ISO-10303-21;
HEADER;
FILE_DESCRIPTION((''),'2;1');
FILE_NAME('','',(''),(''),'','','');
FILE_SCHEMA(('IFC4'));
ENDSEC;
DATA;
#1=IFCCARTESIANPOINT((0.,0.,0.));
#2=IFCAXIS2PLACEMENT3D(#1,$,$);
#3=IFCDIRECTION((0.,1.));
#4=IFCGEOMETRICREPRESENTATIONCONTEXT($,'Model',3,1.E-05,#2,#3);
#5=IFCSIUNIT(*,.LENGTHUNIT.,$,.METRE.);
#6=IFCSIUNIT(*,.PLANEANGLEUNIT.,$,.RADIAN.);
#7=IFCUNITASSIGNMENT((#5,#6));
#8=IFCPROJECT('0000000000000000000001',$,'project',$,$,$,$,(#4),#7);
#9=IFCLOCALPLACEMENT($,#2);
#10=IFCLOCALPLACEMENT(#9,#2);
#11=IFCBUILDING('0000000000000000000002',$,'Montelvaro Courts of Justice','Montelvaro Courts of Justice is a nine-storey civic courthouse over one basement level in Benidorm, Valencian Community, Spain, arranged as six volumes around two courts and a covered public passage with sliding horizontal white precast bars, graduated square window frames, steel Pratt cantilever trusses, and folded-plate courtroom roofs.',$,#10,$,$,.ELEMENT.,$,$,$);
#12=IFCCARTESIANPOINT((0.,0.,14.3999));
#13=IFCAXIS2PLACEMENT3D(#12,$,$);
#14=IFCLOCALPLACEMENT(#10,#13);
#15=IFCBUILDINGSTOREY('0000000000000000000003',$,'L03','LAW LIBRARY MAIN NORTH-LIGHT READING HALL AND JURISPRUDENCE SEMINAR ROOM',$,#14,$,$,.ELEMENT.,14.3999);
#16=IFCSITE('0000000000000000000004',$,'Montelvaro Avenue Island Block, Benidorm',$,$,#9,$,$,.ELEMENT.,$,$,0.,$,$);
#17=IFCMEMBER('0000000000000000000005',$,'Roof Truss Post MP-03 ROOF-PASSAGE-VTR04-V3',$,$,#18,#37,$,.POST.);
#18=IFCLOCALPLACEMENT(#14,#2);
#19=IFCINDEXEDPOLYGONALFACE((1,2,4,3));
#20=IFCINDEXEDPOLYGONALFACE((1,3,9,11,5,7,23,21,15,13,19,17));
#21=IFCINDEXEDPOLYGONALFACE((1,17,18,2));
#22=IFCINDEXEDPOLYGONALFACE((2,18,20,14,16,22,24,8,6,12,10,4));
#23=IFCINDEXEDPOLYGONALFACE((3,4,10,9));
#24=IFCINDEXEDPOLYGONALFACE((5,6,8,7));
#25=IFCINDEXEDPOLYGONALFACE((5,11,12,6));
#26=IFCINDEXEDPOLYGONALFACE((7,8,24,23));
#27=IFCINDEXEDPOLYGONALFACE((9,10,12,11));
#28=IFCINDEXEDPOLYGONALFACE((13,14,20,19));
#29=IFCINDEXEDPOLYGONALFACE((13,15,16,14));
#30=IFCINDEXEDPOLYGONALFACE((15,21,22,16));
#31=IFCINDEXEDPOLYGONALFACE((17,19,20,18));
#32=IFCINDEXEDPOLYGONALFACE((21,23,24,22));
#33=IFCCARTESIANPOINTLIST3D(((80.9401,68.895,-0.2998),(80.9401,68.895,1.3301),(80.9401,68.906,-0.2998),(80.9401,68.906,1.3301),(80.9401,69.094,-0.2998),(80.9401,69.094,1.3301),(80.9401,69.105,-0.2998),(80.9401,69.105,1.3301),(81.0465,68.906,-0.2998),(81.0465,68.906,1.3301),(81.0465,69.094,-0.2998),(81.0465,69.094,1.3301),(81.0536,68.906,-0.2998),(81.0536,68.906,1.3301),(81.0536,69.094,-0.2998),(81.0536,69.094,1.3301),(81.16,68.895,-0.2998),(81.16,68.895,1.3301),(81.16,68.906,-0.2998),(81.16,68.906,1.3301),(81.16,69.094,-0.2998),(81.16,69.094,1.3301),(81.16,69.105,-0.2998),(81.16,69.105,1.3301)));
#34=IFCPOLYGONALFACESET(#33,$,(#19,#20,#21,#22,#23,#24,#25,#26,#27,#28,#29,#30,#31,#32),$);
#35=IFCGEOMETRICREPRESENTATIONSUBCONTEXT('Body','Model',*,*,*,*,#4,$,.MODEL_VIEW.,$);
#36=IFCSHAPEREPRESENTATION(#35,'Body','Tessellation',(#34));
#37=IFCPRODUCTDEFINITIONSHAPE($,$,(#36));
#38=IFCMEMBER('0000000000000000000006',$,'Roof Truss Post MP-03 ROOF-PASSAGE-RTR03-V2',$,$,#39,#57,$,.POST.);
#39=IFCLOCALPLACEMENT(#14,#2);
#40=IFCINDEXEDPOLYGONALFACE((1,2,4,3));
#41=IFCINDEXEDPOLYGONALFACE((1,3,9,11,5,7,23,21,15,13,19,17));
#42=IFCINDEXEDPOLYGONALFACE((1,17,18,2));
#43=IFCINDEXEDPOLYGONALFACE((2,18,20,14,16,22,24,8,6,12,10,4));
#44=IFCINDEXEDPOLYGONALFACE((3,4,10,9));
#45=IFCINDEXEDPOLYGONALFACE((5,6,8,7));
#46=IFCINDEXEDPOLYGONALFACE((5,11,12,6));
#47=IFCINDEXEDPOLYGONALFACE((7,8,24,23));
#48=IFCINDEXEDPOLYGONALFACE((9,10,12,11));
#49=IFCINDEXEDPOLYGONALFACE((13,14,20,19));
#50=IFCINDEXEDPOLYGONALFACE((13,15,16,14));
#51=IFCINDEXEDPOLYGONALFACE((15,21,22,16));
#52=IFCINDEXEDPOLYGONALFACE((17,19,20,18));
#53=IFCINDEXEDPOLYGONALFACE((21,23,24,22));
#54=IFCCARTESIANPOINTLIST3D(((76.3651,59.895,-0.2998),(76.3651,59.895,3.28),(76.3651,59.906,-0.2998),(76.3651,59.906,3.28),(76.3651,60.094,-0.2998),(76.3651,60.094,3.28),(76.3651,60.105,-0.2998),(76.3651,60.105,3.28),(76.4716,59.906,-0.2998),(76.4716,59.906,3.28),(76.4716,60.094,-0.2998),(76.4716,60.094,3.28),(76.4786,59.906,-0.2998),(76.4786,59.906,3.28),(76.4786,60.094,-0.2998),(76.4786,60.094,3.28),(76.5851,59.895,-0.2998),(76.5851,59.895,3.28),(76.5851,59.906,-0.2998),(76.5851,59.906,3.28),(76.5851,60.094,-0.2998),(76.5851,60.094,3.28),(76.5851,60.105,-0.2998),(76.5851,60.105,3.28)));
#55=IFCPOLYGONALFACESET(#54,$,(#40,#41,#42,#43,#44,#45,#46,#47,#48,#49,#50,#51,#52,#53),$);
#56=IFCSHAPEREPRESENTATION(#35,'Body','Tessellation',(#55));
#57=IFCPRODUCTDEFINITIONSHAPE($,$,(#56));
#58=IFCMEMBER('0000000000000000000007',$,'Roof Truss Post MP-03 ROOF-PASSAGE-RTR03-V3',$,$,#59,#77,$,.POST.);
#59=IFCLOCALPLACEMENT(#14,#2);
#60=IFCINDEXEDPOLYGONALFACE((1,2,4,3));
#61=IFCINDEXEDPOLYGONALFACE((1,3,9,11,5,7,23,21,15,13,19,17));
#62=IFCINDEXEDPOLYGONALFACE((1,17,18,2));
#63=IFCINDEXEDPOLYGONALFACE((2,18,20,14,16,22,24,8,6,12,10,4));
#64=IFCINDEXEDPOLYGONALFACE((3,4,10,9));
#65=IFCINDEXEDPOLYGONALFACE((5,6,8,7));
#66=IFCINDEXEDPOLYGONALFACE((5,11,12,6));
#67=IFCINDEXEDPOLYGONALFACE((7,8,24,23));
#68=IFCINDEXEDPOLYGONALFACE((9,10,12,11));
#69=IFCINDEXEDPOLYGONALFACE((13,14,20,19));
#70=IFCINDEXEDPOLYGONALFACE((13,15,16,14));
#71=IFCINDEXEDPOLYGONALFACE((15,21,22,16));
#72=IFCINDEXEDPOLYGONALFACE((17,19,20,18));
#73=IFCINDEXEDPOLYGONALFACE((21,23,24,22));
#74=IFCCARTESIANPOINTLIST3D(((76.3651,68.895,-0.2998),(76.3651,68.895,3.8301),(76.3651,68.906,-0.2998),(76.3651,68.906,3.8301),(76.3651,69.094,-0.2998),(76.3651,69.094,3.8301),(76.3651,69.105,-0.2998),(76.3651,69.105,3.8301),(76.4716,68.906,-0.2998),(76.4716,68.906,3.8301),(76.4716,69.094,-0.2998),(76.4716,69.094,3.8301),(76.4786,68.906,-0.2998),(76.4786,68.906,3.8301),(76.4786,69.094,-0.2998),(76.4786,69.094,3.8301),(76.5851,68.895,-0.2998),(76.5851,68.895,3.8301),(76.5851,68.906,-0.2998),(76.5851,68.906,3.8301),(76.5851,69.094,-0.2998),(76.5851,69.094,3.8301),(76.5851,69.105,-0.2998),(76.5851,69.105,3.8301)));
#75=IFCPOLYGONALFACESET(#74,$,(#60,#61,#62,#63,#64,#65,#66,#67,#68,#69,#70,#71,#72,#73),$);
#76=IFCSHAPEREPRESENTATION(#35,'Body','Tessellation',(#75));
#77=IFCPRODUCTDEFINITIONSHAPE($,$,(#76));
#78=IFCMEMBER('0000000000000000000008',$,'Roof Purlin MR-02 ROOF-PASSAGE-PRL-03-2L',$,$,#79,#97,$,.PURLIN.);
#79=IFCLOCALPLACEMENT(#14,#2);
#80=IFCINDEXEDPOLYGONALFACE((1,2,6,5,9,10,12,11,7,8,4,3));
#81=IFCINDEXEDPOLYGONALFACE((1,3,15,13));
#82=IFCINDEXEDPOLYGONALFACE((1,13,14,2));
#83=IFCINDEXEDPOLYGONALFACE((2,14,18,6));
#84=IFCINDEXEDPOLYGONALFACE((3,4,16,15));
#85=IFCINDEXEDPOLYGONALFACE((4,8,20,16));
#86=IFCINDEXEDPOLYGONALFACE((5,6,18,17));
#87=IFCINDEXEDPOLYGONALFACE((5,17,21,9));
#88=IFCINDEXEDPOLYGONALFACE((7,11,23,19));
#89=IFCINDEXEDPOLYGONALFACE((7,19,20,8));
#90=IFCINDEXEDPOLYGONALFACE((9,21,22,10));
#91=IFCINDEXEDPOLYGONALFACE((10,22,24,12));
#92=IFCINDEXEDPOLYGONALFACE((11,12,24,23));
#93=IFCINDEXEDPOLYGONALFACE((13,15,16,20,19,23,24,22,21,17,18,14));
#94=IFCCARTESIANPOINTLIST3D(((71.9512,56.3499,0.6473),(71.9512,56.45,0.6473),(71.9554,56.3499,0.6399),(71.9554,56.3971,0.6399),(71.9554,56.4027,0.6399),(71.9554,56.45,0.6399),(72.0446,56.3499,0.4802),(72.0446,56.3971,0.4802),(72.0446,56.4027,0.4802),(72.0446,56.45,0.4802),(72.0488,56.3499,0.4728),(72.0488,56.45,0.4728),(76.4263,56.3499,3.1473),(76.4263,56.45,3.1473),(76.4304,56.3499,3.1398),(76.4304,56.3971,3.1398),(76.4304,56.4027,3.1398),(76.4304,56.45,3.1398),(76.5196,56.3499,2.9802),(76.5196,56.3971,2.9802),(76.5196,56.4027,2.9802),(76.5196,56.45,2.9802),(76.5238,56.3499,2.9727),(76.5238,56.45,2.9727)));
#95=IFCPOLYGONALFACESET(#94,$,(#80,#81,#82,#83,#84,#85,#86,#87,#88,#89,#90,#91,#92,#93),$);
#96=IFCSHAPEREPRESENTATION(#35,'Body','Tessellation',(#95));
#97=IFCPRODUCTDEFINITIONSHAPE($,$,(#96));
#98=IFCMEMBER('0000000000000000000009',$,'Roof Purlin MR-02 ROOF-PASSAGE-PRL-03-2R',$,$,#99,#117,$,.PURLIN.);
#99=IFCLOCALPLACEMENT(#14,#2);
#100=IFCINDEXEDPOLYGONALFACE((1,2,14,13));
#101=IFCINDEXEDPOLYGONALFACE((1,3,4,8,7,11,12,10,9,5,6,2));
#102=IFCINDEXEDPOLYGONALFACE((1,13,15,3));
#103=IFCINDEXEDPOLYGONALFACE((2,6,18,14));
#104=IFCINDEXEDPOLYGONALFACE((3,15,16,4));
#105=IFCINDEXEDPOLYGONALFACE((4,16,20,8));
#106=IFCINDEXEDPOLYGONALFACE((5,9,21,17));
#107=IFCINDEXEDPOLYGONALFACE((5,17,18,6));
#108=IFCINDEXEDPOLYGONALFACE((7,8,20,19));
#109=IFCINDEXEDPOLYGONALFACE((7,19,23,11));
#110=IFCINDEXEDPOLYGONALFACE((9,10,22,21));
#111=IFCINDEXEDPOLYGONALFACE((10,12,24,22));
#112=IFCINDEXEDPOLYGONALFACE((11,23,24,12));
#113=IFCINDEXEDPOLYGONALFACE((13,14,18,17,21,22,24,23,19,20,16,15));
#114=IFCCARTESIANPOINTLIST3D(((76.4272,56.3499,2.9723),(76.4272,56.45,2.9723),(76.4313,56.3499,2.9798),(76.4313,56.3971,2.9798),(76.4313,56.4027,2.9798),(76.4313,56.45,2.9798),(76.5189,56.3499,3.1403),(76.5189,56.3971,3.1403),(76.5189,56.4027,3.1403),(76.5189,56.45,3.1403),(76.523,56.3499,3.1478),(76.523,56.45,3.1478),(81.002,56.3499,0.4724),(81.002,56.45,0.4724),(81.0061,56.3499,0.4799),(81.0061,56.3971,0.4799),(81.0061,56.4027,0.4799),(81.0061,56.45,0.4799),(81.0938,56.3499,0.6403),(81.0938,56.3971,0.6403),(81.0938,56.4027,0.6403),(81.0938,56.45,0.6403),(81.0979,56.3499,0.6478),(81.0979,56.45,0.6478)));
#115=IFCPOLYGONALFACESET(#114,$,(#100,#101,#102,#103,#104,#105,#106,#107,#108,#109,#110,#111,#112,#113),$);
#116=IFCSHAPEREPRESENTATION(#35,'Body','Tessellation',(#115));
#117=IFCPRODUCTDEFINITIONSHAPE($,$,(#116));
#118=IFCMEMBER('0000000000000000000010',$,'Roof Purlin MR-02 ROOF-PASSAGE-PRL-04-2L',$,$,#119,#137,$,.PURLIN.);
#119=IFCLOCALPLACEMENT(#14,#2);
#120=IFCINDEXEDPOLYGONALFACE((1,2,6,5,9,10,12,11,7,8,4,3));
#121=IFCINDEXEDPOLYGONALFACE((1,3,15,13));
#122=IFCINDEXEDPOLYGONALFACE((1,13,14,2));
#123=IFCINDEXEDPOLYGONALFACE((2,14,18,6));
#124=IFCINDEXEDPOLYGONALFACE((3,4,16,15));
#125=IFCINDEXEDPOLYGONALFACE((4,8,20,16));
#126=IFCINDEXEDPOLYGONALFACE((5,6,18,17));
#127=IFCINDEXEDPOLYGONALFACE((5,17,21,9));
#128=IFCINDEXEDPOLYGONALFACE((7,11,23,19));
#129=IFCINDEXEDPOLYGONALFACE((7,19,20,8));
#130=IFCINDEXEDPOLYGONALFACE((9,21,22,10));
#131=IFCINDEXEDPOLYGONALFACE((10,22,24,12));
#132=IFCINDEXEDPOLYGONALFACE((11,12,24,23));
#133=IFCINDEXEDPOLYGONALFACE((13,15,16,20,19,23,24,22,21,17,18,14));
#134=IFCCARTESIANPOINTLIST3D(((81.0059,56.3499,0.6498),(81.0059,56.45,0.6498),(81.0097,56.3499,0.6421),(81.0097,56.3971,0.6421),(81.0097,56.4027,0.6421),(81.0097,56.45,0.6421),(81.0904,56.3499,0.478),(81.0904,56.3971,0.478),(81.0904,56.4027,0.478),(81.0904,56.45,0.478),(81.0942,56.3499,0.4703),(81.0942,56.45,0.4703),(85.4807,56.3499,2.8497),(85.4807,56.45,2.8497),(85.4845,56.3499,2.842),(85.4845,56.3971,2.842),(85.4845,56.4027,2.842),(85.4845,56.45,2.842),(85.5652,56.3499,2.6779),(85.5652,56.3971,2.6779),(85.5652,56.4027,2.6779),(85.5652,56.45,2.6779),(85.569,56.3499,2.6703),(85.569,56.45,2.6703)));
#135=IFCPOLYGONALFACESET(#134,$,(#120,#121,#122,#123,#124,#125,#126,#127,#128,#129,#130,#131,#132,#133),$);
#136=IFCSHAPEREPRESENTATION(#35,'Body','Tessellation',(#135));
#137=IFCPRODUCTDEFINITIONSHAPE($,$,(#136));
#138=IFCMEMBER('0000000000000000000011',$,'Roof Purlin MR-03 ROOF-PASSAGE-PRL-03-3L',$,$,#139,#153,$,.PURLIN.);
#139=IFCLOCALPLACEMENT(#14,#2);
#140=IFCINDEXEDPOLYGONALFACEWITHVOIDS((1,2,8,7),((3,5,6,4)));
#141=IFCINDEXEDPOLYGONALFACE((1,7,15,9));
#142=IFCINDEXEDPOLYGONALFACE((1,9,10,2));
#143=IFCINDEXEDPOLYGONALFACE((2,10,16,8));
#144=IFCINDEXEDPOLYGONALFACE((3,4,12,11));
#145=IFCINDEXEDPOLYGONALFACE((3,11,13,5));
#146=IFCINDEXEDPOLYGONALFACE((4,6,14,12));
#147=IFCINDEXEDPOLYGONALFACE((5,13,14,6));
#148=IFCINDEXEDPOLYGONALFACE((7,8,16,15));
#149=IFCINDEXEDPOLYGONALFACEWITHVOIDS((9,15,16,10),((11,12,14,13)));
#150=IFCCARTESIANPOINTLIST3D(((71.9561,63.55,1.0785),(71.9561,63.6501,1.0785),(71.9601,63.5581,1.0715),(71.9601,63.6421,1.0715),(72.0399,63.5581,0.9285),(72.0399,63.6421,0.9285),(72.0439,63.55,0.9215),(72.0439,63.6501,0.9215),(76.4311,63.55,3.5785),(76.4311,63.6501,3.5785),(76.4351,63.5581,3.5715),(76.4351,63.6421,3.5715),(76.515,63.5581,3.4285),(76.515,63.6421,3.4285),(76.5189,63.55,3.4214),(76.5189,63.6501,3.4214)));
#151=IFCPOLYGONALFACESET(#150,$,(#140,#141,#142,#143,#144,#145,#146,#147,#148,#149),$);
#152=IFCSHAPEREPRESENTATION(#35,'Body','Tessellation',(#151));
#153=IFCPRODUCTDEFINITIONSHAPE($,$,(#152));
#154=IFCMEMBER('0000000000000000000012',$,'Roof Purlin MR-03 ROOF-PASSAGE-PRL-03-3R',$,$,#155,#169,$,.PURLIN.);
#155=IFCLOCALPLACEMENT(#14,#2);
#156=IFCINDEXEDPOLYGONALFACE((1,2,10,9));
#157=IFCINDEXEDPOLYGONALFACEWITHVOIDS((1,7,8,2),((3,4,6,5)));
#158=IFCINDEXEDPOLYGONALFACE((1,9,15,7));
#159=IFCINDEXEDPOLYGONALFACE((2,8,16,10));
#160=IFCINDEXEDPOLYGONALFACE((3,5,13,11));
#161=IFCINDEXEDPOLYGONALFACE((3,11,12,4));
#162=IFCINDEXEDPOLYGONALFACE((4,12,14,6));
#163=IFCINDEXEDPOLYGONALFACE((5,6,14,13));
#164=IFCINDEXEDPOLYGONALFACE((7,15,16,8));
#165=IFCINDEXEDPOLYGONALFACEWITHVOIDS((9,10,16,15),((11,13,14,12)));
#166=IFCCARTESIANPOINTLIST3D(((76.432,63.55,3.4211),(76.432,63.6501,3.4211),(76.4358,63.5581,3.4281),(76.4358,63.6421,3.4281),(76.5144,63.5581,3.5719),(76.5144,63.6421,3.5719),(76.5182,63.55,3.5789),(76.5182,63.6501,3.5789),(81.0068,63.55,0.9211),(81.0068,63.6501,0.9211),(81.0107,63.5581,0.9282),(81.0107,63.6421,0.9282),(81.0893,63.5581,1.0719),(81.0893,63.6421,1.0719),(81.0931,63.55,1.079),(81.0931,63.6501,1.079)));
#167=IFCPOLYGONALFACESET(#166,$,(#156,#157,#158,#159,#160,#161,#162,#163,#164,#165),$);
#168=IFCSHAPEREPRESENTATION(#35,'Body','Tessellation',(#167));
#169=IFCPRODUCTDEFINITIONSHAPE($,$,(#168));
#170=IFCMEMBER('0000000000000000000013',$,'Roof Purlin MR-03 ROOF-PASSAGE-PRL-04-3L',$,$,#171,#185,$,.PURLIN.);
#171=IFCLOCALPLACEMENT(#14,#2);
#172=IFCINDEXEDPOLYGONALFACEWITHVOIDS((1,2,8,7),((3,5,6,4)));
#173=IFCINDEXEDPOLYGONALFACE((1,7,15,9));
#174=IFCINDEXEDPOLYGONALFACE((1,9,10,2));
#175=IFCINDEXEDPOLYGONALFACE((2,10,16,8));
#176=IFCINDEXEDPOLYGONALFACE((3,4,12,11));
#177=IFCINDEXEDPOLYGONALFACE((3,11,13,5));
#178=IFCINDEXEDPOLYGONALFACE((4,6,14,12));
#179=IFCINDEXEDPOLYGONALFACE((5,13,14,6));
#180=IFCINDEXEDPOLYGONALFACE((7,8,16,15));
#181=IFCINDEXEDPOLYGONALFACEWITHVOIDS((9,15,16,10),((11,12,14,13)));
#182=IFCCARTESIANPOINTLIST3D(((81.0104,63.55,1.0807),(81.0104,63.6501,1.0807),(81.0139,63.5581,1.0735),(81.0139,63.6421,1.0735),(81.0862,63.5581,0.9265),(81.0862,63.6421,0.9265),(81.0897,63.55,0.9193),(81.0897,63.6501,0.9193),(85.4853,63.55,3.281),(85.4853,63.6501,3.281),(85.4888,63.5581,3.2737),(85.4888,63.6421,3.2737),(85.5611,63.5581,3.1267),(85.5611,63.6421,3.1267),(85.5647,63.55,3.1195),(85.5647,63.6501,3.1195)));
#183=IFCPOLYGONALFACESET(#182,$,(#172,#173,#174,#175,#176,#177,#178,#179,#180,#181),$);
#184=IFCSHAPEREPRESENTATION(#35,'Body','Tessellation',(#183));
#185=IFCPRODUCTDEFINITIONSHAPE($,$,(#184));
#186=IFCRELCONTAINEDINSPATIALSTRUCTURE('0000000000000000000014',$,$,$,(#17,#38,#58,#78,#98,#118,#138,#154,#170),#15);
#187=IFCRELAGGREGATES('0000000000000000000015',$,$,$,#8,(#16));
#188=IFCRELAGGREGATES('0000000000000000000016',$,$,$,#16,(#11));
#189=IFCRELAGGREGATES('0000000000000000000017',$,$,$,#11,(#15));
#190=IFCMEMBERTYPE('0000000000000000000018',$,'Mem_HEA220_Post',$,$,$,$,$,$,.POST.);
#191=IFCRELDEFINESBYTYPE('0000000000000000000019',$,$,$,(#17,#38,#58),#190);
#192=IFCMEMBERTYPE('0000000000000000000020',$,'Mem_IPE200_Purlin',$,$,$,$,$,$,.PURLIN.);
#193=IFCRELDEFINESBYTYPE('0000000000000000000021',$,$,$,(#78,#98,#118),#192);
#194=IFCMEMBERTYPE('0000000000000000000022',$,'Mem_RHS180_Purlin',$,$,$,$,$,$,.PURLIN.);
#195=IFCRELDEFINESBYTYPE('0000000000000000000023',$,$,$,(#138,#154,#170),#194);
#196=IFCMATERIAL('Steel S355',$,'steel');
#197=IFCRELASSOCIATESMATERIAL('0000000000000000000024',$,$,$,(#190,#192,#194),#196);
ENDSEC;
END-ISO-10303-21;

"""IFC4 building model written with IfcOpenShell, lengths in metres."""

from ifc_helpers import new_model, si_unit, direction, frame, origin, origin_2d, place, context, subcontext, project, spatial, hollow_rectangle, i_section, extrude, material, material_profile, profile_set, type_object, element, save


model = new_model("IFC4")

# Units and contexts
model_context = context("Model", 3, precision=1e-05, world=origin(), true_north=direction((0.0, 1.0)))
body_context = subcontext(model_context, "Body", "Model", "MODEL_VIEW")
ifc_project = project(units=[si_unit("LENGTHUNIT", "METRE"), si_unit("PLANEANGLEUNIT", "RADIAN")], contexts=[model_context])

# Site, building, storey
site_placement = place(None, origin())
site = spatial("IfcSite", under=ifc_project, at=site_placement, Name="Montelvaro Avenue Island Block, Benidorm", CompositionType="ELEMENT", RefElevation=0.0)
building_placement = place(site_placement, origin())
building = spatial("IfcBuilding", under=site, at=building_placement, Name="Montelvaro Courts of Justice", Description="Montelvaro Courts of Justice is a nine-storey civic courthouse over one basement level in Benidorm, Valencian Community, Spain, arranged as six volumes around two courts and a covered public passage with sliding horizontal white precast bars, graduated square window frames, steel Pratt cantilever trusses, and folded-plate courtroom roofs.", CompositionType="ELEMENT")
storey_placement = place(building_placement, frame((0.0, 0.0, 14.3999)))
storey = spatial("IfcBuildingStorey", under=building, at=storey_placement, Name="L03", Description="LAW LIBRARY MAIN NORTH-LIGHT READING HALL AND JURISPRUDENCE SEMINAR ROOM", CompositionType="ELEMENT", Elevation=14.3999)

# Members
ifc_material = material(Name="Steel S355", Category="steel")
ifc_material_profile_1 = material_profile(ifc_material, i_section(OverallWidth=0.22, OverallDepth=0.21, WebThickness=0.0071, FlangeThickness=0.011, at=origin_2d()), Name="HEA 220")
ifc_profile_set_1 = profile_set([ifc_material_profile_1], Name="Steel S355")
member_type_1 = type_object("IfcMemberType", Name="Mem_HEA220_Post", PredefinedType="POST", material=ifc_profile_set_1)
member_1_placement = place(storey_placement, frame((81.05, 69.0, -0.2998), z_axis=(0.0, 0.0, 1.0), x_axis=(1.0, 0.0, 0.0)))
element("IfcMember", 1, at=member_1_placement, inside=storey, type_object=member_type_1, Name="Roof Truss Post MP-03 ROOF-PASSAGE-VTR04-V3", PredefinedType="POST", context=body_context, shape_type="SweptSolid", body=[
    extrude(i_section(OverallWidth=0.22, OverallDepth=0.21, WebThickness=0.0071, FlangeThickness=0.011, at=origin_2d()), origin(), (0.0, 0.0, 1.0), 1.6299),
])
member_2_placement = place(storey_placement, frame((76.4751, 60.0, -0.2998), z_axis=(0.0, 0.0, 1.0), x_axis=(1.0, 0.0, 0.0)))
element("IfcMember", 2, at=member_2_placement, inside=storey, type_object=member_type_1, Name="Roof Truss Post MP-03 ROOF-PASSAGE-RTR03-V2", PredefinedType="POST", context=body_context, shape_type="SweptSolid", body=[
    extrude(i_section(OverallWidth=0.22, OverallDepth=0.21, WebThickness=0.0071, FlangeThickness=0.011, at=origin_2d()), origin(), (0.0, 0.0, 1.0), 3.5798),
])
member_3_placement = place(storey_placement, frame((76.4751, 69.0, -0.2998), z_axis=(0.0, 0.0, 1.0), x_axis=(1.0, 0.0, 0.0)))
element("IfcMember", 3, at=member_3_placement, inside=storey, type_object=member_type_1, Name="Roof Truss Post MP-03 ROOF-PASSAGE-RTR03-V3", PredefinedType="POST", context=body_context, shape_type="SweptSolid", body=[
    extrude(i_section(OverallWidth=0.22, OverallDepth=0.21, WebThickness=0.0071, FlangeThickness=0.011, at=origin_2d()), origin(), (0.0, 0.0, 1.0), 4.1299),
])
ifc_material_profile_2 = material_profile(ifc_material, i_section(OverallWidth=0.1001, OverallDepth=0.2, WebThickness=0.0056, FlangeThickness=0.0085, at=origin_2d()), Name="IPE 200")
ifc_profile_set_2 = profile_set([ifc_material_profile_2], Name="Steel S355")
member_type_2 = type_object("IfcMemberType", Name="Mem_IPE200_Purlin", PredefinedType="PURLIN", material=ifc_profile_set_2)
member_4_placement = place(storey_placement, frame((72.0, 56.3999, 0.5601), z_axis=(0.873009, 0.0, 0.487704), x_axis=(0.0, 1.0, 0.0)))
element("IfcMember", 4, at=member_4_placement, inside=storey, type_object=member_type_2, Name="Roof Purlin MR-02 ROOF-PASSAGE-PRL-03-2L", PredefinedType="PURLIN", context=body_context, shape_type="SweptSolid", body=[
    extrude(i_section(OverallWidth=0.1001, OverallDepth=0.2, WebThickness=0.0056, FlangeThickness=0.0085, at=origin_2d()), origin(), (0.0, 0.0, 1.0), 5.126),
])
member_5_placement = place(storey_placement, frame((76.4751, 56.3999, 3.0601), z_axis=(0.877527, 0.0, -0.479528), x_axis=(0.0, 1.0, 0.0)))
element("IfcMember", 5, at=member_5_placement, inside=storey, type_object=member_type_2, Name="Roof Purlin MR-02 ROOF-PASSAGE-PRL-03-2R", PredefinedType="PURLIN", context=body_context, shape_type="SweptSolid", body=[
    extrude(i_section(OverallWidth=0.1001, OverallDepth=0.2, WebThickness=0.0056, FlangeThickness=0.0085, at=origin_2d()), origin(), (0.0, 0.0, 1.0), 5.2134),
])
member_6_placement = place(storey_placement, frame((81.05, 56.3999, 0.5601), z_axis=(0.897413, 0.0, 0.441191), x_axis=(0.0, 1.0, 0.0)))
element("IfcMember", 6, at=member_6_placement, inside=storey, type_object=member_type_2, Name="Roof Purlin MR-02 ROOF-PASSAGE-PRL-04-2L", PredefinedType="PURLIN", context=body_context, shape_type="SweptSolid", body=[
    extrude(i_section(OverallWidth=0.1001, OverallDepth=0.2, WebThickness=0.0056, FlangeThickness=0.0085, at=origin_2d()), origin(), (0.0, 0.0, 1.0), 4.9863),
])
ifc_material_profile_3 = material_profile(ifc_material, hollow_rectangle(XDim=0.1001, YDim=0.1799, WallThickness=0.0081, at=origin_2d()), Name="RHS 180x100x8")
ifc_profile_set_3 = profile_set([ifc_material_profile_3], Name="Steel S355")
member_type_3 = type_object("IfcMemberType", Name="Mem_RHS180_Purlin", PredefinedType="PURLIN", material=ifc_profile_set_3)
member_7_placement = place(storey_placement, frame((72.0, 63.6001, 1.0), z_axis=(0.873009, 0.0, 0.487704), x_axis=(0.0, 1.0, 0.0)))
element("IfcMember", 7, at=member_7_placement, inside=storey, type_object=member_type_3, Name="Roof Purlin MR-03 ROOF-PASSAGE-PRL-03-3L", PredefinedType="PURLIN", context=body_context, shape_type="SweptSolid", body=[
    extrude(hollow_rectangle(XDim=0.1001, YDim=0.1799, WallThickness=0.0081, at=origin_2d()), origin(), (0.0, 0.0, 1.0), 5.126),
])
member_8_placement = place(storey_placement, frame((76.4751, 63.6001, 3.5), z_axis=(0.877527, 0.0, -0.479528), x_axis=(0.0, 1.0, 0.0)))
element("IfcMember", 8, at=member_8_placement, inside=storey, type_object=member_type_3, Name="Roof Purlin MR-03 ROOF-PASSAGE-PRL-03-3R", PredefinedType="PURLIN", context=body_context, shape_type="SweptSolid", body=[
    extrude(hollow_rectangle(XDim=0.1001, YDim=0.1799, WallThickness=0.0081, at=origin_2d()), origin(), (0.0, 0.0, 1.0), 5.2134),
])
member_9_placement = place(storey_placement, frame((81.05, 63.6001, 1.0), z_axis=(0.897394, 0.0, 0.44123), x_axis=(0.0, 1.0, 0.0)))
element("IfcMember", 9, at=member_9_placement, inside=storey, type_object=member_type_3, Name="Roof Purlin MR-03 ROOF-PASSAGE-PRL-04-3L", PredefinedType="PURLIN", context=body_context, shape_type="SweptSolid", body=[
    extrude(hollow_rectangle(XDim=0.1001, YDim=0.1799, WallThickness=0.0081, at=origin_2d()), origin(), (0.0, 0.0, 1.0), 4.9866),
])

save(model, "model.ifc")
